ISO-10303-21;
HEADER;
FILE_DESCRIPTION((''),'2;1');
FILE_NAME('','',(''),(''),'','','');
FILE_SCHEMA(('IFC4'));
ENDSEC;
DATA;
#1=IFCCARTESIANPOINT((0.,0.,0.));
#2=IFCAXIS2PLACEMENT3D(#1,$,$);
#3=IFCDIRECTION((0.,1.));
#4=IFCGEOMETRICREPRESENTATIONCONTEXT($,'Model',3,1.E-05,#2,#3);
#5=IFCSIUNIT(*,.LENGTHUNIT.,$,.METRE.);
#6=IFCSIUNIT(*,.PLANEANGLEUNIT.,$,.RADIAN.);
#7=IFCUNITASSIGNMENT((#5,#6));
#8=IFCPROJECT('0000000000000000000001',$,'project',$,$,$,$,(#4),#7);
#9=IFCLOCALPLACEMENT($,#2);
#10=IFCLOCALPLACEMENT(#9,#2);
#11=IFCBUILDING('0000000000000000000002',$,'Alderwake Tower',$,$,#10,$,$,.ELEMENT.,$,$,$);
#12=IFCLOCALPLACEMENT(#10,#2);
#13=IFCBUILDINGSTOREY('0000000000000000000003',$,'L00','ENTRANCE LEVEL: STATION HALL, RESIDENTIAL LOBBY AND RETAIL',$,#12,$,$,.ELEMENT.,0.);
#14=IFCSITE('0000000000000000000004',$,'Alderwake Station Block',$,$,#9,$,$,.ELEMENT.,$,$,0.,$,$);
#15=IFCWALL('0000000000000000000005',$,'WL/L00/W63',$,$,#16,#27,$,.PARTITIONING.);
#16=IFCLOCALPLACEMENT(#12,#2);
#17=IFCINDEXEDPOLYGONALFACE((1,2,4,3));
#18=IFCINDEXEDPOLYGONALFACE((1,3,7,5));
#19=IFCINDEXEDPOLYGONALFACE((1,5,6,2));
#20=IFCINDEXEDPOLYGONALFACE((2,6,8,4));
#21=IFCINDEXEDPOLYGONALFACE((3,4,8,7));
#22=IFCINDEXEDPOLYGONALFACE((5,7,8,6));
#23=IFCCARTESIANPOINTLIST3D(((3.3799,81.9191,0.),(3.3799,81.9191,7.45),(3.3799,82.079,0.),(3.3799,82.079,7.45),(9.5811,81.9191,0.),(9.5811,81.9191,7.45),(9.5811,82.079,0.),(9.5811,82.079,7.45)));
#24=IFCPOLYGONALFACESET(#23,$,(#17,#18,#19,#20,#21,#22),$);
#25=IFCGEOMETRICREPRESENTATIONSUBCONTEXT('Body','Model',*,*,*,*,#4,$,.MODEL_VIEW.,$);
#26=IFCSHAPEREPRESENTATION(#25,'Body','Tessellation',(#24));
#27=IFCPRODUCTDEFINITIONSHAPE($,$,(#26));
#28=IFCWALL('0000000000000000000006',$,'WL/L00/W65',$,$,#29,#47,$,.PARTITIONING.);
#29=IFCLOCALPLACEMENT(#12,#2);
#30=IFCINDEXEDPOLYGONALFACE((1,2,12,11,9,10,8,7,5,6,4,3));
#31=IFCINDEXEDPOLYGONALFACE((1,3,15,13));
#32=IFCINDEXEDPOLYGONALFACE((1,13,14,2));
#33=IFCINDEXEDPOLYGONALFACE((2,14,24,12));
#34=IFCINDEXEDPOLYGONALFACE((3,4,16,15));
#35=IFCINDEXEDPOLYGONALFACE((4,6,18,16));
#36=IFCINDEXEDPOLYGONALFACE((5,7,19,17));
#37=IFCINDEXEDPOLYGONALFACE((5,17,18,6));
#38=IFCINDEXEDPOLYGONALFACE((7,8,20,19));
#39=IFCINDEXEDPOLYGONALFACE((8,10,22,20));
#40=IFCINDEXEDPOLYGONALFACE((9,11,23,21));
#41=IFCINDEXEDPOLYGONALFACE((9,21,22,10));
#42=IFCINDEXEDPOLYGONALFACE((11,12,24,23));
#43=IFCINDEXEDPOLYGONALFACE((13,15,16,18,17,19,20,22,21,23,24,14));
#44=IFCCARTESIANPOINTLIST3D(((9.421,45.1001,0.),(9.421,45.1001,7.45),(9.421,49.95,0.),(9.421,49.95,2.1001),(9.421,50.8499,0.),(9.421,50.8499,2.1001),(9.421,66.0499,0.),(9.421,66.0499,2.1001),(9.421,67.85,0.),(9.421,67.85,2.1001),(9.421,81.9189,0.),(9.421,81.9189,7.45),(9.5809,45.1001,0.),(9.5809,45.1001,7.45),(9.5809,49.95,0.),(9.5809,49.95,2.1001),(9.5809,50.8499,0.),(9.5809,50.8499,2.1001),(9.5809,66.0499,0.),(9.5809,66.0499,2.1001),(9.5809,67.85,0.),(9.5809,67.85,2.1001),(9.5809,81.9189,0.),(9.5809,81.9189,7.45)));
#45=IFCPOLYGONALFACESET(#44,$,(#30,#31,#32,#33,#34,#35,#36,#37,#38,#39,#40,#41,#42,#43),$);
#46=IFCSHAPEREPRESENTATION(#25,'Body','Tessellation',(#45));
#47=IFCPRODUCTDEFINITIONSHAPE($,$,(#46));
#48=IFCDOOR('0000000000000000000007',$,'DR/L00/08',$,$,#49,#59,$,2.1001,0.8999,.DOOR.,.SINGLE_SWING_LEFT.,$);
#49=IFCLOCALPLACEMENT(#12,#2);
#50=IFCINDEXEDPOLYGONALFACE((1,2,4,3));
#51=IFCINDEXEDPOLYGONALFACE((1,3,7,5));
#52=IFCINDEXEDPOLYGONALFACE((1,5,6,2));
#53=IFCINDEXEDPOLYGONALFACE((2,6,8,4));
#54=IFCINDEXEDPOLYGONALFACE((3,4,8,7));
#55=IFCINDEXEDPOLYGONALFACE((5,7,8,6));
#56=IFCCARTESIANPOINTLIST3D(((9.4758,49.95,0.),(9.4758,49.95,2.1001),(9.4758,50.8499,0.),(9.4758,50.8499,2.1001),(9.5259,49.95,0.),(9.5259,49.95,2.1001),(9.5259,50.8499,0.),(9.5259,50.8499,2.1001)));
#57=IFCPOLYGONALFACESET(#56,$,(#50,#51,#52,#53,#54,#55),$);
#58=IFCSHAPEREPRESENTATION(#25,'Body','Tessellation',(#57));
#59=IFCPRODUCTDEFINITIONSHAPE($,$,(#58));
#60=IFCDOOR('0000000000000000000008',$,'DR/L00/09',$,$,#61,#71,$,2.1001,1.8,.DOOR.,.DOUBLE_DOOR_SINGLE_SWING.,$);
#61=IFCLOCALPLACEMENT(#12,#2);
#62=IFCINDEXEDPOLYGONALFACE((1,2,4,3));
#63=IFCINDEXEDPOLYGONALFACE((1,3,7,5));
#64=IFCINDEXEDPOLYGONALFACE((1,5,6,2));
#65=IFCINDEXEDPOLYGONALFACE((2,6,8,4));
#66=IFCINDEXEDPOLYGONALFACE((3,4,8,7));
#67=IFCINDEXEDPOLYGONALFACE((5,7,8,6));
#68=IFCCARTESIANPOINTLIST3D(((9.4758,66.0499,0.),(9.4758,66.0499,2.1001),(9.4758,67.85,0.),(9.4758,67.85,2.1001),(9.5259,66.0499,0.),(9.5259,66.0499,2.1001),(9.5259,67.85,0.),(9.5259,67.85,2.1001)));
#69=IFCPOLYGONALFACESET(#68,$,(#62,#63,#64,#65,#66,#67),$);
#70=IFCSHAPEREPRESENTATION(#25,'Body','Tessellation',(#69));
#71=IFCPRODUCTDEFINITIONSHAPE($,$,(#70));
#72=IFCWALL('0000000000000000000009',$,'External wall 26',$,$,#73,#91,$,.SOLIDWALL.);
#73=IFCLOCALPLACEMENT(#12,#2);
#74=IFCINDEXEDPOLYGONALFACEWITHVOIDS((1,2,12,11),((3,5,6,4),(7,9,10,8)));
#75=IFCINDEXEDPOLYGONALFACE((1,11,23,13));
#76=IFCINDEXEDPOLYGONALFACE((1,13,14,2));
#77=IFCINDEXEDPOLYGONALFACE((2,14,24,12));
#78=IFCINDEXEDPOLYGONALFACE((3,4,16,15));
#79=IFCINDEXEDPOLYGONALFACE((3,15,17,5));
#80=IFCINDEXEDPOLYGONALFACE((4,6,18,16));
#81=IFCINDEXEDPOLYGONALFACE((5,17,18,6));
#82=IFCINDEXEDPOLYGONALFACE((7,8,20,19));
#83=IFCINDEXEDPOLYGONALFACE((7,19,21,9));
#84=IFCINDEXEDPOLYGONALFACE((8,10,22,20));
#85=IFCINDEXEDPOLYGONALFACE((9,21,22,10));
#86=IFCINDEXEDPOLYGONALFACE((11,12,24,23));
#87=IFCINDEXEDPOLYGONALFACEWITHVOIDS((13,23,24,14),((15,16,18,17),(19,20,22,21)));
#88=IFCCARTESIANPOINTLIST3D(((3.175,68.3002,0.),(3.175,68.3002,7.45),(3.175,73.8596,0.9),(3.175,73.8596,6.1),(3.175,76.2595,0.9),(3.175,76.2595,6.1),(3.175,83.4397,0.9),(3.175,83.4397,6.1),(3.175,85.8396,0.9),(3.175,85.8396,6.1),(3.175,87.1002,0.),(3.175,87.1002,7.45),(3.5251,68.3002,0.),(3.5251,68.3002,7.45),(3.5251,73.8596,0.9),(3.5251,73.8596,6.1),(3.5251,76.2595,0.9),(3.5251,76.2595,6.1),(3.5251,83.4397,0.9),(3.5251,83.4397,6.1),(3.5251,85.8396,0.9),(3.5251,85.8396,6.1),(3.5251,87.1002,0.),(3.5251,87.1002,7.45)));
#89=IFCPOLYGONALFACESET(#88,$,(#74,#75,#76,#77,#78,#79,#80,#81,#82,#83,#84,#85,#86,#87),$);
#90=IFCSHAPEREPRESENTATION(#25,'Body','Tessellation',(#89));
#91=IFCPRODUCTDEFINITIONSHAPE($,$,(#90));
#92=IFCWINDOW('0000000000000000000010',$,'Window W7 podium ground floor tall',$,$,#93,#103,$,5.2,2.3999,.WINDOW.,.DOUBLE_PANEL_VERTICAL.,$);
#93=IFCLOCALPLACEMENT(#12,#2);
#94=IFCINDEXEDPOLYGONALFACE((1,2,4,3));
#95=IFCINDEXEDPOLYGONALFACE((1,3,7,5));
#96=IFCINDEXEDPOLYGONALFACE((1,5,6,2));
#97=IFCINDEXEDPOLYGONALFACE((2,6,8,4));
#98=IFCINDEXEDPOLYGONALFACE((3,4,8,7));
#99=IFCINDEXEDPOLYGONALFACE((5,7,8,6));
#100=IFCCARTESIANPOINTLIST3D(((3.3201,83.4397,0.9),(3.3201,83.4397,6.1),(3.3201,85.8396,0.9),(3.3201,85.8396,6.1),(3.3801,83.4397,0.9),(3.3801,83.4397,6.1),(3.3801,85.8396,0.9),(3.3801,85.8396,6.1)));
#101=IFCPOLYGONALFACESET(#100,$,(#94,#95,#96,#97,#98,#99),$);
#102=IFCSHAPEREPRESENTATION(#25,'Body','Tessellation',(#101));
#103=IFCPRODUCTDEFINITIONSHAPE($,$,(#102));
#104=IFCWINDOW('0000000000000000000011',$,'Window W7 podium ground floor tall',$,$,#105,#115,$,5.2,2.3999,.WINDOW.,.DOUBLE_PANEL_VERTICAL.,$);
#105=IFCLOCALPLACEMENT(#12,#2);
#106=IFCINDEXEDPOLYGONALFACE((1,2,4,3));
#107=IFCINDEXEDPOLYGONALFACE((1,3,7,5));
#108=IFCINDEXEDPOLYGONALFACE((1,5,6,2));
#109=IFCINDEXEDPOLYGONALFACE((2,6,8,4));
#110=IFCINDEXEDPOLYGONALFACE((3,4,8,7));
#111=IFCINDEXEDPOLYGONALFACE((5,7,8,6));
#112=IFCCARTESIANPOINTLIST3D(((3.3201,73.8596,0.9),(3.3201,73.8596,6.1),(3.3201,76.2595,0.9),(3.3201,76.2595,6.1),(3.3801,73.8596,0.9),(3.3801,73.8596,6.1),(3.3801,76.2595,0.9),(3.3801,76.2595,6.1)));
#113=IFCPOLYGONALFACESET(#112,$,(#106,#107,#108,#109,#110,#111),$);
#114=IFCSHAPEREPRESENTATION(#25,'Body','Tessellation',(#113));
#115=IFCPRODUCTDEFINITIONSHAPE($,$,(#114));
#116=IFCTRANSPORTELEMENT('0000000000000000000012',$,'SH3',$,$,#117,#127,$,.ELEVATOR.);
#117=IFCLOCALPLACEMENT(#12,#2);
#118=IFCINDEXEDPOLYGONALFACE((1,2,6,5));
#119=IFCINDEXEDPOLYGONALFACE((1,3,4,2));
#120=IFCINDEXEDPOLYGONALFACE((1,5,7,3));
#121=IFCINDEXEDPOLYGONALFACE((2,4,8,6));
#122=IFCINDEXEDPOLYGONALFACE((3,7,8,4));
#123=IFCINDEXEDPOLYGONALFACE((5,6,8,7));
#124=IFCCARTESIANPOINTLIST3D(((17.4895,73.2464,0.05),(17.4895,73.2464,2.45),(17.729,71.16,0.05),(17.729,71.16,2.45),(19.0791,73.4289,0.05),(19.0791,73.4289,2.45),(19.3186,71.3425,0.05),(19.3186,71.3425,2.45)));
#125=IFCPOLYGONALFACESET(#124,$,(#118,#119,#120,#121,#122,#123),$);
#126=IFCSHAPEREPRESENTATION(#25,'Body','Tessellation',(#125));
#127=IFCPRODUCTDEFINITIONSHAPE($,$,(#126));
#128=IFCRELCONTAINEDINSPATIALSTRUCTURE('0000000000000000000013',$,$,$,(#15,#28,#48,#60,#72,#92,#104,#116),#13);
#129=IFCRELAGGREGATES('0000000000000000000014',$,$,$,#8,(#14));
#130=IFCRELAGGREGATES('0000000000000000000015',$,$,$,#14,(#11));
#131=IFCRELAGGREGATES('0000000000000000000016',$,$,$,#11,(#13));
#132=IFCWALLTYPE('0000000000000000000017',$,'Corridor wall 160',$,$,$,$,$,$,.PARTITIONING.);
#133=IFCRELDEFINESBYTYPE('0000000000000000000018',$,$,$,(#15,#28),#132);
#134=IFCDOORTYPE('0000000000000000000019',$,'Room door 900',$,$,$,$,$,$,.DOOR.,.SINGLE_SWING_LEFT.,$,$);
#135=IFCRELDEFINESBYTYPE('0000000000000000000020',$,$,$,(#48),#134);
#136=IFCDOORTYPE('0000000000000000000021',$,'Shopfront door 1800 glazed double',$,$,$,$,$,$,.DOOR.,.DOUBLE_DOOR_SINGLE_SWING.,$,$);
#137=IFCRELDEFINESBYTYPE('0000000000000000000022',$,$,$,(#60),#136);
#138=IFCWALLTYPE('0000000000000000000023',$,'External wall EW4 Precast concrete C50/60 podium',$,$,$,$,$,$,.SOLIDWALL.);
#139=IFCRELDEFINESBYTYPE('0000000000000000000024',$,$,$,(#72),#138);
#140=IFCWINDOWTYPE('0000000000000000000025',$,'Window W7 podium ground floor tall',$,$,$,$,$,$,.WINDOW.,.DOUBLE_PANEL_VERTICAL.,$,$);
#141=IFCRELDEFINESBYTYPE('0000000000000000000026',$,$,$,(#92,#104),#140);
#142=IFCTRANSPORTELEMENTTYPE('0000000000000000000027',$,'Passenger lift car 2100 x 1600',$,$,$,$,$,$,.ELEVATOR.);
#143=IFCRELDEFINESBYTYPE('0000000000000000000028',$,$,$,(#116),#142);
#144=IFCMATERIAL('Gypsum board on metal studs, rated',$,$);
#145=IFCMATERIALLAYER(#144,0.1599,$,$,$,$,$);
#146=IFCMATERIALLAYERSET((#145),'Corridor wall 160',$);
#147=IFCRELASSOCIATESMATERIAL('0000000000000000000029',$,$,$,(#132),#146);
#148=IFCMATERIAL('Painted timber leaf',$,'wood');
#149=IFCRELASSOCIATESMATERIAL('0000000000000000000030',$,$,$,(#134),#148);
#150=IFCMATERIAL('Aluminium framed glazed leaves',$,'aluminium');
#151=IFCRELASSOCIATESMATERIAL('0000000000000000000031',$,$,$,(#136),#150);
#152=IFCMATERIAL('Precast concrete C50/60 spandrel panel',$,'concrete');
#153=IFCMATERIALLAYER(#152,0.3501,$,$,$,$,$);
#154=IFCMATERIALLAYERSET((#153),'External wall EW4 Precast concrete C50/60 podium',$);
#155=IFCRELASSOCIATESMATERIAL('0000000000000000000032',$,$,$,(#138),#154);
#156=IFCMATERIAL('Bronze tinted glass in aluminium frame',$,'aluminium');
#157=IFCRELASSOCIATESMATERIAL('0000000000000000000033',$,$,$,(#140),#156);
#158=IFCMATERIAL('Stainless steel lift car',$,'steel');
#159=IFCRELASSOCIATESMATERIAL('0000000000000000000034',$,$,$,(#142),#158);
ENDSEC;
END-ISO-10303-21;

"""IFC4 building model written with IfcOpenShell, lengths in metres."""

from ifc_helpers import new_model, si_unit, direction, frame, frame_2d, origin, origin_2d, place, context, subcontext, project, spatial, rectangle, extrude, material, layer, layer_set, type_object, element, fill, save


model = new_model("IFC4")

# Units and contexts
model_context = context("Model", 3, precision=1e-05, world=origin(), true_north=direction((0.0, 1.0)))
body_context = subcontext(model_context, "Body", "Model", "MODEL_VIEW")
ifc_project = project(units=[si_unit("LENGTHUNIT", "METRE"), si_unit("PLANEANGLEUNIT", "RADIAN")], contexts=[model_context])

# Site, building, storey
site_placement = place(None, origin())
site = spatial("IfcSite", under=ifc_project, at=site_placement, Name="Alderwake Station Block", CompositionType="ELEMENT", RefElevation=0.0)
building_placement = place(site_placement, origin())
building = spatial("IfcBuilding", under=site, at=building_placement, Name="Alderwake Tower", CompositionType="ELEMENT")
storey_placement = place(building_placement, origin())
storey = spatial("IfcBuildingStorey", under=building, at=storey_placement, Name="L00", Description="ENTRANCE LEVEL: STATION HALL, RESIDENTIAL LOBBY AND RETAIL", CompositionType="ELEMENT", Elevation=0.0)

# Wall
ifc_material_1 = material(Name="Gypsum board on metal studs, rated")
ifc_layer_1 = layer(ifc_material_1, 0.1599)
ifc_layer_set_1 = layer_set([ifc_layer_1], Name="Corridor wall 160")
wall_type_1 = type_object("IfcWallType", Name="Corridor wall 160", PredefinedType="PARTITIONING", material=ifc_layer_set_1)
wall_1_placement = place(storey_placement, frame((3.3799, 81.999, 0.0), z_axis=(0.0, 0.0, 1.0), x_axis=(1.0, 0.0, 0.0)))
element("IfcWall", 1, at=wall_1_placement, inside=storey, type_object=wall_type_1, Name="WL/L00/W63", PredefinedType="PARTITIONING", context=body_context, shape_type="SweptSolid", body=[
    extrude(rectangle(XDim=6.2012, YDim=0.1599, at=frame_2d((3.1006, 0.0))), origin(), (0.0, 0.0, 1.0), 7.45),
])

# Wall, openings, doors
wall_2_placement = place(storey_placement, frame((9.501, 81.9189, 0.0), z_axis=(0.0, 0.0, 1.0), x_axis=(0.0, -1.0, 0.0)))
wall_2 = element("IfcWall", 2, at=wall_2_placement, inside=storey, type_object=wall_type_1, Name="WL/L00/W65", PredefinedType="PARTITIONING", context=body_context, shape_type="SweptSolid", body=[
    extrude(rectangle(XDim=36.8188, YDim=0.1599, at=frame_2d((18.4094, 0.0))), origin(), (0.0, 0.0, 1.0), 7.45),
])
opening_1_placement = place(wall_2_placement, frame((31.0691, 0.0, 0.0)))
opening_1 = element("IfcOpeningElement", 3, at=opening_1_placement, cuts=wall_2, PredefinedType="OPENING", context=body_context, shape_type="SweptSolid", body=[
    extrude(rectangle(XDim=0.8999, YDim=2.1001, at=frame_2d((0.45, 1.05))), frame((0.0, 0.0898, 0.0), z_axis=(0.0, -1.0, 0.0), x_axis=(1.0, 0.0, 0.0)), (0.0, 0.0, 1.0), 0.1799),
])
opening_2_placement = place(wall_2_placement, frame((14.0691, 0.0, 0.0)))
opening_2 = element("IfcOpeningElement", 4, at=opening_2_placement, cuts=wall_2, PredefinedType="OPENING", context=body_context, shape_type="SweptSolid", body=[
    extrude(rectangle(XDim=1.8, YDim=2.1001, at=frame_2d((0.8999, 1.05))), frame((0.0, 0.0898, 0.0), z_axis=(0.0, -1.0, 0.0), x_axis=(1.0, 0.0, 0.0)), (0.0, 0.0, 1.0), 0.1799),
])
ifc_material_2 = material(Name="Painted timber leaf", Category="wood")
door_type_1 = type_object("IfcDoorType", Name="Room door 900", OperationType="SINGLE_SWING_LEFT", PredefinedType="DOOR", material=ifc_material_2)
door_1_placement = place(opening_1_placement, origin())
door_1 = element("IfcDoor", 5, at=door_1_placement, inside=storey, type_object=door_type_1, Name="DR/L00/08", OperationType="SINGLE_SWING_LEFT", OverallHeight=2.1001, OverallWidth=0.8999, PredefinedType="DOOR", context=body_context, shape_type="SweptSolid", body=[
    extrude(rectangle(XDim=0.8999, YDim=2.1001, at=frame_2d((0.45, 1.05))), frame((0.0, 0.0249, 0.0), z_axis=(0.0, -1.0, 0.0), x_axis=(1.0, 0.0, 0.0)), (0.0, 0.0, 1.0), 0.05),
])
fill(opening_1, door_1)
ifc_material_3 = material(Name="Aluminium framed glazed leaves", Category="aluminium")
door_type_2 = type_object("IfcDoorType", Name="Shopfront door 1800 glazed double", OperationType="DOUBLE_DOOR_SINGLE_SWING", PredefinedType="DOOR", material=ifc_material_3)
door_2_placement = place(opening_2_placement, origin())
door_2 = element("IfcDoor", 6, at=door_2_placement, inside=storey, type_object=door_type_2, Name="DR/L00/09", OperationType="DOUBLE_DOOR_SINGLE_SWING", OverallHeight=2.1001, OverallWidth=1.8, PredefinedType="DOOR", context=body_context, shape_type="SweptSolid", body=[
    extrude(rectangle(XDim=1.8, YDim=2.1001, at=frame_2d((0.8999, 1.05))), frame((0.0, 0.0249, 0.0), z_axis=(0.0, -1.0, 0.0), x_axis=(1.0, 0.0, 0.0)), (0.0, 0.0, 1.0), 0.05),
])
fill(opening_2, door_2)

# Wall, openings, windows
ifc_material_4 = material(Name="Precast concrete C50/60 spandrel panel", Category="concrete")
ifc_layer_2 = layer(ifc_material_4, 0.3501)
ifc_layer_set_2 = layer_set([ifc_layer_2], Name="External wall EW4 Precast concrete C50/60 podium")
wall_type_2 = type_object("IfcWallType", Name="External wall EW4 Precast concrete C50/60 podium", PredefinedType="SOLIDWALL", material=ifc_layer_set_2)
wall_3_placement = place(storey_placement, frame((3.3501, 87.1001, 0.0), z_axis=(0.0, 0.0, 1.0), x_axis=(0.0, -1.0, 0.0)))
wall_3 = element("IfcWall", 7, at=wall_3_placement, inside=storey, type_object=wall_type_2, Name="External wall 26", PredefinedType="SOLIDWALL", context=body_context, shape_type="SweptSolid", body=[
    extrude(rectangle(XDim=18.8, YDim=0.3501, at=frame_2d((9.3999, 0.0))), origin(), (0.0, 0.0, 1.0), 7.45),
])
opening_3_placement = place(wall_3_placement, frame((1.2605, 0.0, 0.8999)))
opening_3 = element("IfcOpeningElement", 8, at=opening_3_placement, cuts=wall_3, PredefinedType="OPENING", context=body_context, shape_type="SweptSolid", body=[
    extrude(rectangle(XDim=2.3999, YDim=5.2, at=frame_2d((1.2, 2.6001))), frame((0.0, 0.1851, 0.0), z_axis=(0.0, -1.0, 0.0), x_axis=(1.0, 0.0, 0.0)), (0.0, 0.0, 1.0), 0.3701),
])
opening_4_placement = place(wall_3_placement, frame((10.8406, 0.0, 0.8999)))
opening_4 = element("IfcOpeningElement", 9, at=opening_4_placement, cuts=wall_3, PredefinedType="OPENING", context=body_context, shape_type="SweptSolid", body=[
    extrude(rectangle(XDim=2.3999, YDim=5.2, at=frame_2d((1.2, 2.6001))), frame((0.0, 0.1851, 0.0), z_axis=(0.0, -1.0, 0.0), x_axis=(1.0, 0.0, 0.0)), (0.0, 0.0, 1.0), 0.3701),
])
ifc_material_5 = material(Name="Bronze tinted glass in aluminium frame", Category="aluminium")
window_type = type_object("IfcWindowType", Name="Window W7 podium ground floor tall", PartitioningType="DOUBLE_PANEL_VERTICAL", PredefinedType="WINDOW", material=ifc_material_5)
window_1_placement = place(opening_3_placement, origin())
window_1 = element("IfcWindow", 10, at=window_1_placement, inside=storey, type_object=window_type, Name="Window W7 podium ground floor tall", OverallHeight=5.2, OverallWidth=2.3999, PartitioningType="DOUBLE_PANEL_VERTICAL", PredefinedType="WINDOW", context=body_context, shape_type="SweptSolid", body=[
    extrude(rectangle(XDim=2.3999, YDim=5.2, at=frame_2d((1.2, 2.6001))), frame((0.0, 0.03, 0.0), z_axis=(0.0, -1.0, 0.0), x_axis=(1.0, 0.0, 0.0)), (0.0, 0.0, 1.0), 0.0601),
])
fill(opening_3, window_1)
window_2_placement = place(opening_4_placement, origin())
window_2 = element("IfcWindow", 11, at=window_2_placement, inside=storey, type_object=window_type, Name="Window W7 podium ground floor tall", OverallHeight=5.2, OverallWidth=2.3999, PartitioningType="DOUBLE_PANEL_VERTICAL", PredefinedType="WINDOW", context=body_context, shape_type="SweptSolid", body=[
    extrude(rectangle(XDim=2.3999, YDim=5.2, at=frame_2d((1.2, 2.6001))), frame((0.0, 0.03, 0.0), z_axis=(0.0, -1.0, 0.0), x_axis=(1.0, 0.0, 0.0)), (0.0, 0.0, 1.0), 0.0601),
])
fill(opening_4, window_2)

# Transport element
ifc_material_6 = material(Name="Stainless steel lift car", Category="steel")
transport_element_type = type_object("IfcTransportElementType", Name="Passenger lift car 2100 x 1600", PredefinedType="ELEVATOR", material=ifc_material_6)
transport_element_placement = place(storey_placement, frame((18.4041, 72.2944, 0.05), z_axis=(0.0, 0.0, 1.0), x_axis=(0.993475, 0.114051, 0.0)))
element("IfcTransportElement", 12, at=transport_element_placement, inside=storey, type_object=transport_element_type, Name="SH3", PredefinedType="ELEVATOR", context=body_context, shape_type="SweptSolid", body=[
    extrude(rectangle(XDim=1.6001, YDim=2.1001, at=origin_2d()), origin(), (0.0, 0.0, 1.0), 2.3999),
])

save(model, "model.ifc")
